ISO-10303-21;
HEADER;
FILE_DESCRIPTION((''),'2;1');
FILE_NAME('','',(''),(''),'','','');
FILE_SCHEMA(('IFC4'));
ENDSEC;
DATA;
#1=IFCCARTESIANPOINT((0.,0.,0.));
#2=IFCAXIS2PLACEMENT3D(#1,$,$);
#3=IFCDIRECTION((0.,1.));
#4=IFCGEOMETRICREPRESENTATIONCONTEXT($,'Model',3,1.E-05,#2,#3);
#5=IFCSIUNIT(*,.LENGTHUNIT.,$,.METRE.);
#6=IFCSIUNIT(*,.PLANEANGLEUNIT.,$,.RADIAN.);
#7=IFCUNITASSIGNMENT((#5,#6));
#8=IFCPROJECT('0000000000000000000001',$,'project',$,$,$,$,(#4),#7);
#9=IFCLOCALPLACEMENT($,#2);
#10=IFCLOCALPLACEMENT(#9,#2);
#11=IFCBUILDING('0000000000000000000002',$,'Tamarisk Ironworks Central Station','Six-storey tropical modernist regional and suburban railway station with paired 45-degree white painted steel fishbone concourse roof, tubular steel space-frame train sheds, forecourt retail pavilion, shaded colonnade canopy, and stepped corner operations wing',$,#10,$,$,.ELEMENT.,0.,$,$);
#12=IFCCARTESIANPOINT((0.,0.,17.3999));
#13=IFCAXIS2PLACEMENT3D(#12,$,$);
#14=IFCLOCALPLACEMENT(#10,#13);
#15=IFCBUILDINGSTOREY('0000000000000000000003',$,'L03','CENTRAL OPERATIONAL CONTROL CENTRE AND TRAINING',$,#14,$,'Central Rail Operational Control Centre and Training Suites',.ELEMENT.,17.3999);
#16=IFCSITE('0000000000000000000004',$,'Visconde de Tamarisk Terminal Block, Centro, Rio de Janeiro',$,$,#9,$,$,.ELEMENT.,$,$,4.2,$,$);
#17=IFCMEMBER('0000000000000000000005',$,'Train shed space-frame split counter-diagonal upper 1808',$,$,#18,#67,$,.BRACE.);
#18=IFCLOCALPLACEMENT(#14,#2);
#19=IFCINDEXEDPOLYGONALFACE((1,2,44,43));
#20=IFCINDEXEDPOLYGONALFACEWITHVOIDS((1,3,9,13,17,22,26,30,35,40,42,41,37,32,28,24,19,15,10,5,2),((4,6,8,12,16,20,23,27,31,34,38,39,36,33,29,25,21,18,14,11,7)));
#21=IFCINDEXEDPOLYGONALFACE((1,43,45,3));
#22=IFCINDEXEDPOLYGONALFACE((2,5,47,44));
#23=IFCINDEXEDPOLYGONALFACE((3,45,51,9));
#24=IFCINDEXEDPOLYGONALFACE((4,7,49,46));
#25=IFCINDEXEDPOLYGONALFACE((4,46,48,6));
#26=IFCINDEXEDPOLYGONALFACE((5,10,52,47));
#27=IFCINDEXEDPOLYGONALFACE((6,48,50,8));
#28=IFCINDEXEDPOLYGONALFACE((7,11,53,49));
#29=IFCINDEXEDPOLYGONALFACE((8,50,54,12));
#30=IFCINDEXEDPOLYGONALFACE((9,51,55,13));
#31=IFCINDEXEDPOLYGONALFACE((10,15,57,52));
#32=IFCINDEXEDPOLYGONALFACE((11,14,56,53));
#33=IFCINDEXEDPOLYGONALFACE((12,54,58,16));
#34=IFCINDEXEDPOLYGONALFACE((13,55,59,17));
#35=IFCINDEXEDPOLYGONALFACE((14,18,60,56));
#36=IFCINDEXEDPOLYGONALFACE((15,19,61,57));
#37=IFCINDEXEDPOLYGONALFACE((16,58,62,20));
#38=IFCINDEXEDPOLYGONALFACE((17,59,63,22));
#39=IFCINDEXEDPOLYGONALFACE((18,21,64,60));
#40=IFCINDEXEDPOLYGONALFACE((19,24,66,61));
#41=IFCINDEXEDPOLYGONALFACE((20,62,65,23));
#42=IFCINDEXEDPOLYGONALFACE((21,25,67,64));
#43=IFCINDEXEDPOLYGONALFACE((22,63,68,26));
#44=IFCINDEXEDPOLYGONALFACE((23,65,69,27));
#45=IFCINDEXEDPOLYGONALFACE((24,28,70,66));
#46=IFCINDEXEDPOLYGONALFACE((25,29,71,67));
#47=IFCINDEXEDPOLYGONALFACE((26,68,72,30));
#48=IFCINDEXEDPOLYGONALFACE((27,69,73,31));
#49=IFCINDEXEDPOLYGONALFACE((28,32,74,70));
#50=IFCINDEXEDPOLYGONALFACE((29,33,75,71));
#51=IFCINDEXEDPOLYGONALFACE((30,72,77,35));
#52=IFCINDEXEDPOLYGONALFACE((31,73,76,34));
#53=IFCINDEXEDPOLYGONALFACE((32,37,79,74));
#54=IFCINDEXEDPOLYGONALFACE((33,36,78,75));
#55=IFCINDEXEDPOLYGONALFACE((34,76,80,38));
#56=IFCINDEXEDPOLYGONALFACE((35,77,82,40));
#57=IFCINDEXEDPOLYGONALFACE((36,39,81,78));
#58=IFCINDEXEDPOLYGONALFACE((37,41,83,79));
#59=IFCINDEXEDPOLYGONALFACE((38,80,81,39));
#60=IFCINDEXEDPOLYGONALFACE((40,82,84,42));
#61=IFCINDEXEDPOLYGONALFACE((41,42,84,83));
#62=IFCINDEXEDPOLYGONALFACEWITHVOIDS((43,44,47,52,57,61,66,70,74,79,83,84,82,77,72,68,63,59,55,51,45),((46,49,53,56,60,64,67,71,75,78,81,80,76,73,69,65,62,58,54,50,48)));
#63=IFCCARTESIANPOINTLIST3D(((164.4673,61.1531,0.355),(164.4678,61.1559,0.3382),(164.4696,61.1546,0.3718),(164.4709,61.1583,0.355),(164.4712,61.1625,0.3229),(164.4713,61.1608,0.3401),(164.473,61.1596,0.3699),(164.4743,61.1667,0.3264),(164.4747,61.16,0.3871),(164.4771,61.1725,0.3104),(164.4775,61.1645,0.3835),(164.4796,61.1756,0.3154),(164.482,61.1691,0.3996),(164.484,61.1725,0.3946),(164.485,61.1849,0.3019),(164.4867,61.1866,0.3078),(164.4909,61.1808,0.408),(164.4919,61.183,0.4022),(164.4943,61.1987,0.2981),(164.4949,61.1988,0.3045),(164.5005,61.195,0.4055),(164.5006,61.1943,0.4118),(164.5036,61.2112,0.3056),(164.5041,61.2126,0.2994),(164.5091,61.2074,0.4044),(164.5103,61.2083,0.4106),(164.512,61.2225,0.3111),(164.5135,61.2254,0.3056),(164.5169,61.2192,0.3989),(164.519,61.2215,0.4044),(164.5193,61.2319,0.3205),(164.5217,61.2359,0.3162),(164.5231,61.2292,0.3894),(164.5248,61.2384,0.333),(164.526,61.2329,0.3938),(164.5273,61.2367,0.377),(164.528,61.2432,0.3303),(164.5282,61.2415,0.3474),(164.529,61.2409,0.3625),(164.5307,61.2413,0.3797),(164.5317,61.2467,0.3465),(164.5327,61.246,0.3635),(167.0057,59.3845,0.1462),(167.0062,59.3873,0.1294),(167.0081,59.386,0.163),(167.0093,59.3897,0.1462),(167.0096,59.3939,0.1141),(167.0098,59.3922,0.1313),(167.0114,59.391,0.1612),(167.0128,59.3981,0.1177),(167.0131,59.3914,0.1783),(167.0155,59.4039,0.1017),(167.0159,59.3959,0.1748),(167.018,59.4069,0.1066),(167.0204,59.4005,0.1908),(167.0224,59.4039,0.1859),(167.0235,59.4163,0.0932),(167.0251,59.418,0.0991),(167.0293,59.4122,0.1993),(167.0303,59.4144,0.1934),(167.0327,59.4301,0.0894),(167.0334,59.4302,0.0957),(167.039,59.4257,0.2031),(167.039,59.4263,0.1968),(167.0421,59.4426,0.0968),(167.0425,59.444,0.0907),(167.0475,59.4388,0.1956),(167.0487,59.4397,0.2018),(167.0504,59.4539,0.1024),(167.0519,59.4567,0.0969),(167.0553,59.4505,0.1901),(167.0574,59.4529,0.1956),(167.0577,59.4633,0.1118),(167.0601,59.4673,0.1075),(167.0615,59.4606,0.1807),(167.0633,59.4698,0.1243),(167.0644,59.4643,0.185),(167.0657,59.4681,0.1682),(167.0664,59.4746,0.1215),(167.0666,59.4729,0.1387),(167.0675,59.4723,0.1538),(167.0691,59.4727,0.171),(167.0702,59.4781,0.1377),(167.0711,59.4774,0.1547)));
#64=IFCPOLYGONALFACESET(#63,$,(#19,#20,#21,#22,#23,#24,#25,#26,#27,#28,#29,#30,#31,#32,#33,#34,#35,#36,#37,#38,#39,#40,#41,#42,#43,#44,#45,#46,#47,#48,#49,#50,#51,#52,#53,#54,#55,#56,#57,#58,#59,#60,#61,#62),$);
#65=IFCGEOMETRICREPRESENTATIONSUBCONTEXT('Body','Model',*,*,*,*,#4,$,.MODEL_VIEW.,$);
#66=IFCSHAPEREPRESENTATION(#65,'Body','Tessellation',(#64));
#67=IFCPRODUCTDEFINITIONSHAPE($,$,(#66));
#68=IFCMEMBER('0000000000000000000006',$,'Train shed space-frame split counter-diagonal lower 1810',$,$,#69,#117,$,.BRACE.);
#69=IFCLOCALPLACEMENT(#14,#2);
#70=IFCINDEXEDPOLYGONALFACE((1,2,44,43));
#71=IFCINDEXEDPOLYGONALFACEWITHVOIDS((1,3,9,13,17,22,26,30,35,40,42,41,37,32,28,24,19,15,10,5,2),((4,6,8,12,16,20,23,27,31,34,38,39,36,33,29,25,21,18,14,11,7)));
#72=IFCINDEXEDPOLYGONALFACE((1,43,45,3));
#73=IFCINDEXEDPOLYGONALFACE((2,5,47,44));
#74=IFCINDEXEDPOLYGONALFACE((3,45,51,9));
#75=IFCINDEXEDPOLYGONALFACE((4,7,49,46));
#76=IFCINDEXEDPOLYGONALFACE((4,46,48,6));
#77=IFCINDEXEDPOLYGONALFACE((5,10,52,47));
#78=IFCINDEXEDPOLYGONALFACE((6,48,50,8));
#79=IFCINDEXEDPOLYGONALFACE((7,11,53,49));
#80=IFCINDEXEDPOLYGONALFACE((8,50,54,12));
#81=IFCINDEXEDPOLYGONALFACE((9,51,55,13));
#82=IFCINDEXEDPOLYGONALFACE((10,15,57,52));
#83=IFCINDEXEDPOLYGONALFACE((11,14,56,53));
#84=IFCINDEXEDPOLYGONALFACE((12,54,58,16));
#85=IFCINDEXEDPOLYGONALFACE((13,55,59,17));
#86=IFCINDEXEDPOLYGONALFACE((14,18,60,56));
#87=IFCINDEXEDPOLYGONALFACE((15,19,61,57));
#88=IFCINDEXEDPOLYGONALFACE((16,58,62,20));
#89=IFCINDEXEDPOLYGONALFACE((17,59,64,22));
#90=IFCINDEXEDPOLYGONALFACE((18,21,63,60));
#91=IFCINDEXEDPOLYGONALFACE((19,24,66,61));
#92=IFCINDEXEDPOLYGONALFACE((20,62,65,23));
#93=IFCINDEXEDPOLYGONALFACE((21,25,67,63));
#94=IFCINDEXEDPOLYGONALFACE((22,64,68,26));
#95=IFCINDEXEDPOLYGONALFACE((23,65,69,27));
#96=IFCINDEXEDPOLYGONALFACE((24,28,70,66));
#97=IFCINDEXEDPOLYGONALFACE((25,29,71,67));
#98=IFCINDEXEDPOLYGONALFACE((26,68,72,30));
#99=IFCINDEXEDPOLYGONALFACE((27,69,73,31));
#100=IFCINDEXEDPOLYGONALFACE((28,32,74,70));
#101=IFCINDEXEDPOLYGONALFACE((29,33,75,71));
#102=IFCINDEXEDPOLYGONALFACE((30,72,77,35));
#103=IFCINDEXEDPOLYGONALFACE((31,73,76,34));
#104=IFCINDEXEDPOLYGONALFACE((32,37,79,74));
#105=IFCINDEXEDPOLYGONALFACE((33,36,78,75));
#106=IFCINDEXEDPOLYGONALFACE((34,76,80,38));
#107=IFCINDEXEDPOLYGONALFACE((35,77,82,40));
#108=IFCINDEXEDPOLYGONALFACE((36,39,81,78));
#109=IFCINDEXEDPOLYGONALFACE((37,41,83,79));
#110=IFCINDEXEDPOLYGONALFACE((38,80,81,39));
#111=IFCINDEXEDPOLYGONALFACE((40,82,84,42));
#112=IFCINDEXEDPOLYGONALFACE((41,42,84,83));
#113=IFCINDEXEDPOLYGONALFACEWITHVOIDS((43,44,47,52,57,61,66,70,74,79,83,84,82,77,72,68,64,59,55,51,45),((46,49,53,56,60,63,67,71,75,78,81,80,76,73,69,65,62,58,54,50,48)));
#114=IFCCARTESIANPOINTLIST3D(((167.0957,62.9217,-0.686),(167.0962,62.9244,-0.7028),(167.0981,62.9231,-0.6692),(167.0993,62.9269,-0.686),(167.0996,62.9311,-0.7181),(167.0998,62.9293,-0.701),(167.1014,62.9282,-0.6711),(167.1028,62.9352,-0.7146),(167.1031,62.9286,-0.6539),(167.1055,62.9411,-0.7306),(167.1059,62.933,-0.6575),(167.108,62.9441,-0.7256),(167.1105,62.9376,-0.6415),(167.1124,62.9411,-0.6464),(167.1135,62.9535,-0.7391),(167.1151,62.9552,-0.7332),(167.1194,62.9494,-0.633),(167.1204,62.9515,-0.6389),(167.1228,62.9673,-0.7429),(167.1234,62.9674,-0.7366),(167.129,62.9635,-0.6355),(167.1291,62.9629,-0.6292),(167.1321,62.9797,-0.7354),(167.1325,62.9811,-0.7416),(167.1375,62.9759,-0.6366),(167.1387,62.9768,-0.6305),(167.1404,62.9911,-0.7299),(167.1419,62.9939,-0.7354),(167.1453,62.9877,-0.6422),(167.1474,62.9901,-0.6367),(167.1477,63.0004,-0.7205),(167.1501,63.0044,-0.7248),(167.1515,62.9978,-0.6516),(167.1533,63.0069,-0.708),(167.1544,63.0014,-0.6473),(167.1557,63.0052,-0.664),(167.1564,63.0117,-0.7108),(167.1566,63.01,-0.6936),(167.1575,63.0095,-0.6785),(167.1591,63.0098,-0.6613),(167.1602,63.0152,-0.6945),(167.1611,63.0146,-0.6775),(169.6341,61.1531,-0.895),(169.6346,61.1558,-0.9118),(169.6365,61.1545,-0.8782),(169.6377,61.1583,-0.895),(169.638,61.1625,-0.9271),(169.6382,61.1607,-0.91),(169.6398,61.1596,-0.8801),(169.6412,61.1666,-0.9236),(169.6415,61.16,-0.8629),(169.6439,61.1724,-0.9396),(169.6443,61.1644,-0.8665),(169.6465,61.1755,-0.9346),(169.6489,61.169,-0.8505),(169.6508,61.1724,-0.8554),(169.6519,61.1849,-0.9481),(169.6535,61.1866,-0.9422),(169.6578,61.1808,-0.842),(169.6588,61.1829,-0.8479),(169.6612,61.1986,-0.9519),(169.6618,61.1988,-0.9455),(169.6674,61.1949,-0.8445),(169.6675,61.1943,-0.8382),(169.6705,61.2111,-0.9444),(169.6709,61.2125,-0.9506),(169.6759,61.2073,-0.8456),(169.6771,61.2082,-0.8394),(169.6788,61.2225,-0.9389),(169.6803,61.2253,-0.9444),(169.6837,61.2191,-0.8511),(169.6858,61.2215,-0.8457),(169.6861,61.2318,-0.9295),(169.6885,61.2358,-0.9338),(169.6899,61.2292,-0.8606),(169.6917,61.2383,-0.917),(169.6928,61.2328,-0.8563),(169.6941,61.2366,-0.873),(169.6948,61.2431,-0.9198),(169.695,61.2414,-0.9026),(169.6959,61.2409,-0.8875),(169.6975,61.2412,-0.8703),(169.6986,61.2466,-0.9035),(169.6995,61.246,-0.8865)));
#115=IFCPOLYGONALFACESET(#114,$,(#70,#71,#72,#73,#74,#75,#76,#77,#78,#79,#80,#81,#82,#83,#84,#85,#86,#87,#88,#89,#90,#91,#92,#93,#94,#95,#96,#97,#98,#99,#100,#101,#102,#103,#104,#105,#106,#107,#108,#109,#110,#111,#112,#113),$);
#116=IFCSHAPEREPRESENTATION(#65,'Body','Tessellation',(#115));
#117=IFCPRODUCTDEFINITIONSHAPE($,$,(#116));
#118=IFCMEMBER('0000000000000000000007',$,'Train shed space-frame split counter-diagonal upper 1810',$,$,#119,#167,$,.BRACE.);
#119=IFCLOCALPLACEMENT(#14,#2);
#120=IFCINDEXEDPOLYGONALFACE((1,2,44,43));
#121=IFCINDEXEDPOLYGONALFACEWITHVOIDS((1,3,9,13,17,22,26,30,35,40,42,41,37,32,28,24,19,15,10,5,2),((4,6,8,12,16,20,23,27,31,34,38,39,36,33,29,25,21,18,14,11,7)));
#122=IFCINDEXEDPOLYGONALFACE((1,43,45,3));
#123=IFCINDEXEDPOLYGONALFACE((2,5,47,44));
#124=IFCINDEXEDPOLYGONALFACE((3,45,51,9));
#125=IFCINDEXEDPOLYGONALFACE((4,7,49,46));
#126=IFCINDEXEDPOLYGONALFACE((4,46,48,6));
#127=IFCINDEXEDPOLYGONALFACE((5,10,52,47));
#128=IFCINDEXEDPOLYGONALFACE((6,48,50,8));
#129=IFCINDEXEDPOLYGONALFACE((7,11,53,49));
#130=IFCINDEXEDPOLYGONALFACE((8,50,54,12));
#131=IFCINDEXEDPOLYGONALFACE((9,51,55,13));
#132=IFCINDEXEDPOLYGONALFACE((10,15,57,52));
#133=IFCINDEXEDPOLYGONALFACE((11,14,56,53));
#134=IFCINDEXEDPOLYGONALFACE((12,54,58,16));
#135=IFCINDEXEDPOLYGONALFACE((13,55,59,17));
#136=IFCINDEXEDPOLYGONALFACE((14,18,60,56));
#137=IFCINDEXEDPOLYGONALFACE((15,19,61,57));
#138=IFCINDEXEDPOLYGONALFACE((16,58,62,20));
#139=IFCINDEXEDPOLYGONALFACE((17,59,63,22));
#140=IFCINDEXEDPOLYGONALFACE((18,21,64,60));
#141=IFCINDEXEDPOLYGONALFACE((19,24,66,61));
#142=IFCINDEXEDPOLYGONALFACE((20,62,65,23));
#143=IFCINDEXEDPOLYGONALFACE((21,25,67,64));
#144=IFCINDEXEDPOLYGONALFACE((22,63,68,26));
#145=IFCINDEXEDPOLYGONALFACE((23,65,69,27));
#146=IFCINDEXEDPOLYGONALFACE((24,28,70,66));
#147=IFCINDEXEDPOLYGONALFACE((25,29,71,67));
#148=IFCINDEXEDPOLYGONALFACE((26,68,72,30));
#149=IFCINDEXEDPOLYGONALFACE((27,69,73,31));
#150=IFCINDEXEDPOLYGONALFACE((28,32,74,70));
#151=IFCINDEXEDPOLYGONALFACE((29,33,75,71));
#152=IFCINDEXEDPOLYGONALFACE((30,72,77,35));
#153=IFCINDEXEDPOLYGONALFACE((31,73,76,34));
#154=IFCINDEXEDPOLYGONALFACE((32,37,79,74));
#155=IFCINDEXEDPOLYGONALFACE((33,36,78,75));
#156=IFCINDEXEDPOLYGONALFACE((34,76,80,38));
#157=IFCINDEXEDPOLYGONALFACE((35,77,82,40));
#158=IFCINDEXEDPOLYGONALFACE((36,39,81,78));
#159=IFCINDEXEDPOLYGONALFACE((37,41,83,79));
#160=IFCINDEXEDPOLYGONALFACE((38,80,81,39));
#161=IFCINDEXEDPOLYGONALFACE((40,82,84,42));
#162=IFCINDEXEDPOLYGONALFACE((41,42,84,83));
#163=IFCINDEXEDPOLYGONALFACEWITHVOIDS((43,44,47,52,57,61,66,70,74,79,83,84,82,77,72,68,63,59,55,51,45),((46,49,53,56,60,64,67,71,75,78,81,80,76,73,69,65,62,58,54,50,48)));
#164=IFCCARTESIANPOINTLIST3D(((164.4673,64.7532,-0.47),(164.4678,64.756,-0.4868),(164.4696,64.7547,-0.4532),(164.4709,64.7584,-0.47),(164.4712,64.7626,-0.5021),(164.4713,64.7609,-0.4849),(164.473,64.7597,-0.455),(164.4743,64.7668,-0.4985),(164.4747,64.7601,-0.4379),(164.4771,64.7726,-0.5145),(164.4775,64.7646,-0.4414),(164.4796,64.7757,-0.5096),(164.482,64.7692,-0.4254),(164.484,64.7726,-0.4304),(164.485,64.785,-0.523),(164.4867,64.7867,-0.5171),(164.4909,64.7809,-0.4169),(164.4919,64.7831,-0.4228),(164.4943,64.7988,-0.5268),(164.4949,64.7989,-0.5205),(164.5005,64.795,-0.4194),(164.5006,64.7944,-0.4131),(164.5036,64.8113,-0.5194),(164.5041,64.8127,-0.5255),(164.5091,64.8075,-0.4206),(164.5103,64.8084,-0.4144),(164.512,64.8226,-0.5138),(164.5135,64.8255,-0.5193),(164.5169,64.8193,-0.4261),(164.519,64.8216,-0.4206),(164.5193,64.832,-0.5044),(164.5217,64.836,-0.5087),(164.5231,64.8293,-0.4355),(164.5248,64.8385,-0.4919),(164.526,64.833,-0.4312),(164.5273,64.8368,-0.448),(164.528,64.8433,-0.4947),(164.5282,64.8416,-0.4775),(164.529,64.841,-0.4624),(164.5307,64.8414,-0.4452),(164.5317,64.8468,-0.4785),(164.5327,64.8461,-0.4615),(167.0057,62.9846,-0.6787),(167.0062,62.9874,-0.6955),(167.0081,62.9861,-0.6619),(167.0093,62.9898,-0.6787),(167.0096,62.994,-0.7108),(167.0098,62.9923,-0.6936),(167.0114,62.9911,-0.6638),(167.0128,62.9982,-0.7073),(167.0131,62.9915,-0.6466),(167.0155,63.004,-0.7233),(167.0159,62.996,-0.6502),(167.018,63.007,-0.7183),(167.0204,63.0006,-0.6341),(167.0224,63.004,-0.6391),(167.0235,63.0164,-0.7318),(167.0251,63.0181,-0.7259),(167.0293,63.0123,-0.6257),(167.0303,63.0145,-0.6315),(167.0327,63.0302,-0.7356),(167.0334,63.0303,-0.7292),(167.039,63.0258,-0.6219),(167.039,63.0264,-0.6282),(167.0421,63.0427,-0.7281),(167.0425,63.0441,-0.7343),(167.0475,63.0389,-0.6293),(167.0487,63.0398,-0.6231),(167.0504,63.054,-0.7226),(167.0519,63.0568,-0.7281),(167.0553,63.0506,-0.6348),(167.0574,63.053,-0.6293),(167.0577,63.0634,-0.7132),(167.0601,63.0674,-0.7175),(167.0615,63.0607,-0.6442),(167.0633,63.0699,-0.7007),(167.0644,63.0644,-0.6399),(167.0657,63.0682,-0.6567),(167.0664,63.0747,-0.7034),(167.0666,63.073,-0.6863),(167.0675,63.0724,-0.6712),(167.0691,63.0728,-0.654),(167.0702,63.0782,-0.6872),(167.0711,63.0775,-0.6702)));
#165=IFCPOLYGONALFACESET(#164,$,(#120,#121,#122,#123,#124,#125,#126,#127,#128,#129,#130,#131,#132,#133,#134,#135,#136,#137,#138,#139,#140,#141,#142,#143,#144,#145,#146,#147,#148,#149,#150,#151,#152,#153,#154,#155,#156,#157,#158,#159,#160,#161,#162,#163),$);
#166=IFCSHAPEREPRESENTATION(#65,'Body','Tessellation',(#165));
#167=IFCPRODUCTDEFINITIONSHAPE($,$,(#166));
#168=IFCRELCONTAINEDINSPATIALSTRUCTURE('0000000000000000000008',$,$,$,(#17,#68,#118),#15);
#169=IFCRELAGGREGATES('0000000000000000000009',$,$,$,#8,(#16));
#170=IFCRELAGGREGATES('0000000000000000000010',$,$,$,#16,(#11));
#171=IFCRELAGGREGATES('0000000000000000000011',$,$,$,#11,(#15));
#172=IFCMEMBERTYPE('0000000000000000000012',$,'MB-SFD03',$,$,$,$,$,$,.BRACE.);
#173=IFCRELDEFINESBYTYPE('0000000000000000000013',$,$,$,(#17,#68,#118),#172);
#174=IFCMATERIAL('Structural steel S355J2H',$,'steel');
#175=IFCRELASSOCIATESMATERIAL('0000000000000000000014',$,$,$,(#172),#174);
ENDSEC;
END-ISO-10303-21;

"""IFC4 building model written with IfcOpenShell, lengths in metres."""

from ifc_helpers import new_model, si_unit, direction, frame, origin, origin_2d, place, context, subcontext, project, spatial, hollow_circle, extrude, material, material_profile, profile_set, type_object, element, save


model = new_model("IFC4")

# Units and contexts
model_context = context("Model", 3, precision=1e-05, world=origin(), true_north=direction((0.0, 1.0)))
body_context = subcontext(model_context, "Body", "Model", "MODEL_VIEW")
ifc_project = project(units=[si_unit("LENGTHUNIT", "METRE"), si_unit("PLANEANGLEUNIT", "RADIAN")], contexts=[model_context])

# Site, building, storey
site_placement = place(None, origin())
site = spatial("IfcSite", under=ifc_project, at=site_placement, Name="Visconde de Tamarisk Terminal Block, Centro, Rio de Janeiro", CompositionType="ELEMENT", RefElevation=4.2)
building_placement = place(site_placement, origin())
building = spatial("IfcBuilding", under=site, at=building_placement, Name="Tamarisk Ironworks Central Station", Description="Six-storey tropical modernist regional and suburban railway station with paired 45-degree white painted steel fishbone concourse roof, tubular steel space-frame train sheds, forecourt retail pavilion, shaded colonnade canopy, and stepped corner operations wing", CompositionType="ELEMENT", ElevationOfRefHeight=0.0)
storey_placement = place(building_placement, frame((0.0, 0.0, 17.3999)))
storey = spatial("IfcBuildingStorey", under=building, at=storey_placement, Name="L03", Description="CENTRAL OPERATIONAL CONTROL CENTRE AND TRAINING", LongName="Central Rail Operational Control Centre and Training Suites", CompositionType="ELEMENT", Elevation=17.3999)

# Members
ifc_material = material(Name="Structural steel S355J2H", Category="steel")
ifc_material_profile_1 = material_profile(ifc_material, hollow_circle(Radius=0.0571, WallThickness=0.0063, at=origin_2d()), Name="CHS 114.3x6.3")
ifc_profile_set_1 = profile_set([ifc_material_profile_1], Name="Structural steel S355J2H")
member_type_1 = type_object("IfcMemberType", Name="MB-SFD03", PredefinedType="BRACE", material=ifc_profile_set_1)
for number, where, z_axis, x_axis, name in (
    (1, (167.0383, 59.4314, 0.1462), (-0.818625, 0.570369, 0.06732), (-0.571666, -0.820487, 0.0), "Train shed space-frame split counter-diagonal upper 1808"),
    (2, (169.6667, 61.2, -0.895), (-0.818621, 0.570366, 0.067398), (-0.571666, -0.820487, 0.0), "Train shed space-frame split counter-diagonal lower 1810"),
    (3, (167.0383, 63.0315, -0.6787), (-0.818625, 0.570369, 0.06732), (-0.571666, -0.820487, 0.0), "Train shed space-frame split counter-diagonal upper 1810"),
):
    element("IfcMember", number, at=place(storey_placement, frame(where, z_axis=z_axis, x_axis=x_axis)), inside=storey, type_object=member_type_1, Name=name, PredefinedType="BRACE", context=body_context, shape_type="SweptSolid", body=[
        extrude(hollow_circle(Radius=0.0571, WallThickness=0.0063, at=origin_2d()), origin(), (0.0, 0.0, 1.0), 3.1008),
    ])

save(model, "model.ifc")
